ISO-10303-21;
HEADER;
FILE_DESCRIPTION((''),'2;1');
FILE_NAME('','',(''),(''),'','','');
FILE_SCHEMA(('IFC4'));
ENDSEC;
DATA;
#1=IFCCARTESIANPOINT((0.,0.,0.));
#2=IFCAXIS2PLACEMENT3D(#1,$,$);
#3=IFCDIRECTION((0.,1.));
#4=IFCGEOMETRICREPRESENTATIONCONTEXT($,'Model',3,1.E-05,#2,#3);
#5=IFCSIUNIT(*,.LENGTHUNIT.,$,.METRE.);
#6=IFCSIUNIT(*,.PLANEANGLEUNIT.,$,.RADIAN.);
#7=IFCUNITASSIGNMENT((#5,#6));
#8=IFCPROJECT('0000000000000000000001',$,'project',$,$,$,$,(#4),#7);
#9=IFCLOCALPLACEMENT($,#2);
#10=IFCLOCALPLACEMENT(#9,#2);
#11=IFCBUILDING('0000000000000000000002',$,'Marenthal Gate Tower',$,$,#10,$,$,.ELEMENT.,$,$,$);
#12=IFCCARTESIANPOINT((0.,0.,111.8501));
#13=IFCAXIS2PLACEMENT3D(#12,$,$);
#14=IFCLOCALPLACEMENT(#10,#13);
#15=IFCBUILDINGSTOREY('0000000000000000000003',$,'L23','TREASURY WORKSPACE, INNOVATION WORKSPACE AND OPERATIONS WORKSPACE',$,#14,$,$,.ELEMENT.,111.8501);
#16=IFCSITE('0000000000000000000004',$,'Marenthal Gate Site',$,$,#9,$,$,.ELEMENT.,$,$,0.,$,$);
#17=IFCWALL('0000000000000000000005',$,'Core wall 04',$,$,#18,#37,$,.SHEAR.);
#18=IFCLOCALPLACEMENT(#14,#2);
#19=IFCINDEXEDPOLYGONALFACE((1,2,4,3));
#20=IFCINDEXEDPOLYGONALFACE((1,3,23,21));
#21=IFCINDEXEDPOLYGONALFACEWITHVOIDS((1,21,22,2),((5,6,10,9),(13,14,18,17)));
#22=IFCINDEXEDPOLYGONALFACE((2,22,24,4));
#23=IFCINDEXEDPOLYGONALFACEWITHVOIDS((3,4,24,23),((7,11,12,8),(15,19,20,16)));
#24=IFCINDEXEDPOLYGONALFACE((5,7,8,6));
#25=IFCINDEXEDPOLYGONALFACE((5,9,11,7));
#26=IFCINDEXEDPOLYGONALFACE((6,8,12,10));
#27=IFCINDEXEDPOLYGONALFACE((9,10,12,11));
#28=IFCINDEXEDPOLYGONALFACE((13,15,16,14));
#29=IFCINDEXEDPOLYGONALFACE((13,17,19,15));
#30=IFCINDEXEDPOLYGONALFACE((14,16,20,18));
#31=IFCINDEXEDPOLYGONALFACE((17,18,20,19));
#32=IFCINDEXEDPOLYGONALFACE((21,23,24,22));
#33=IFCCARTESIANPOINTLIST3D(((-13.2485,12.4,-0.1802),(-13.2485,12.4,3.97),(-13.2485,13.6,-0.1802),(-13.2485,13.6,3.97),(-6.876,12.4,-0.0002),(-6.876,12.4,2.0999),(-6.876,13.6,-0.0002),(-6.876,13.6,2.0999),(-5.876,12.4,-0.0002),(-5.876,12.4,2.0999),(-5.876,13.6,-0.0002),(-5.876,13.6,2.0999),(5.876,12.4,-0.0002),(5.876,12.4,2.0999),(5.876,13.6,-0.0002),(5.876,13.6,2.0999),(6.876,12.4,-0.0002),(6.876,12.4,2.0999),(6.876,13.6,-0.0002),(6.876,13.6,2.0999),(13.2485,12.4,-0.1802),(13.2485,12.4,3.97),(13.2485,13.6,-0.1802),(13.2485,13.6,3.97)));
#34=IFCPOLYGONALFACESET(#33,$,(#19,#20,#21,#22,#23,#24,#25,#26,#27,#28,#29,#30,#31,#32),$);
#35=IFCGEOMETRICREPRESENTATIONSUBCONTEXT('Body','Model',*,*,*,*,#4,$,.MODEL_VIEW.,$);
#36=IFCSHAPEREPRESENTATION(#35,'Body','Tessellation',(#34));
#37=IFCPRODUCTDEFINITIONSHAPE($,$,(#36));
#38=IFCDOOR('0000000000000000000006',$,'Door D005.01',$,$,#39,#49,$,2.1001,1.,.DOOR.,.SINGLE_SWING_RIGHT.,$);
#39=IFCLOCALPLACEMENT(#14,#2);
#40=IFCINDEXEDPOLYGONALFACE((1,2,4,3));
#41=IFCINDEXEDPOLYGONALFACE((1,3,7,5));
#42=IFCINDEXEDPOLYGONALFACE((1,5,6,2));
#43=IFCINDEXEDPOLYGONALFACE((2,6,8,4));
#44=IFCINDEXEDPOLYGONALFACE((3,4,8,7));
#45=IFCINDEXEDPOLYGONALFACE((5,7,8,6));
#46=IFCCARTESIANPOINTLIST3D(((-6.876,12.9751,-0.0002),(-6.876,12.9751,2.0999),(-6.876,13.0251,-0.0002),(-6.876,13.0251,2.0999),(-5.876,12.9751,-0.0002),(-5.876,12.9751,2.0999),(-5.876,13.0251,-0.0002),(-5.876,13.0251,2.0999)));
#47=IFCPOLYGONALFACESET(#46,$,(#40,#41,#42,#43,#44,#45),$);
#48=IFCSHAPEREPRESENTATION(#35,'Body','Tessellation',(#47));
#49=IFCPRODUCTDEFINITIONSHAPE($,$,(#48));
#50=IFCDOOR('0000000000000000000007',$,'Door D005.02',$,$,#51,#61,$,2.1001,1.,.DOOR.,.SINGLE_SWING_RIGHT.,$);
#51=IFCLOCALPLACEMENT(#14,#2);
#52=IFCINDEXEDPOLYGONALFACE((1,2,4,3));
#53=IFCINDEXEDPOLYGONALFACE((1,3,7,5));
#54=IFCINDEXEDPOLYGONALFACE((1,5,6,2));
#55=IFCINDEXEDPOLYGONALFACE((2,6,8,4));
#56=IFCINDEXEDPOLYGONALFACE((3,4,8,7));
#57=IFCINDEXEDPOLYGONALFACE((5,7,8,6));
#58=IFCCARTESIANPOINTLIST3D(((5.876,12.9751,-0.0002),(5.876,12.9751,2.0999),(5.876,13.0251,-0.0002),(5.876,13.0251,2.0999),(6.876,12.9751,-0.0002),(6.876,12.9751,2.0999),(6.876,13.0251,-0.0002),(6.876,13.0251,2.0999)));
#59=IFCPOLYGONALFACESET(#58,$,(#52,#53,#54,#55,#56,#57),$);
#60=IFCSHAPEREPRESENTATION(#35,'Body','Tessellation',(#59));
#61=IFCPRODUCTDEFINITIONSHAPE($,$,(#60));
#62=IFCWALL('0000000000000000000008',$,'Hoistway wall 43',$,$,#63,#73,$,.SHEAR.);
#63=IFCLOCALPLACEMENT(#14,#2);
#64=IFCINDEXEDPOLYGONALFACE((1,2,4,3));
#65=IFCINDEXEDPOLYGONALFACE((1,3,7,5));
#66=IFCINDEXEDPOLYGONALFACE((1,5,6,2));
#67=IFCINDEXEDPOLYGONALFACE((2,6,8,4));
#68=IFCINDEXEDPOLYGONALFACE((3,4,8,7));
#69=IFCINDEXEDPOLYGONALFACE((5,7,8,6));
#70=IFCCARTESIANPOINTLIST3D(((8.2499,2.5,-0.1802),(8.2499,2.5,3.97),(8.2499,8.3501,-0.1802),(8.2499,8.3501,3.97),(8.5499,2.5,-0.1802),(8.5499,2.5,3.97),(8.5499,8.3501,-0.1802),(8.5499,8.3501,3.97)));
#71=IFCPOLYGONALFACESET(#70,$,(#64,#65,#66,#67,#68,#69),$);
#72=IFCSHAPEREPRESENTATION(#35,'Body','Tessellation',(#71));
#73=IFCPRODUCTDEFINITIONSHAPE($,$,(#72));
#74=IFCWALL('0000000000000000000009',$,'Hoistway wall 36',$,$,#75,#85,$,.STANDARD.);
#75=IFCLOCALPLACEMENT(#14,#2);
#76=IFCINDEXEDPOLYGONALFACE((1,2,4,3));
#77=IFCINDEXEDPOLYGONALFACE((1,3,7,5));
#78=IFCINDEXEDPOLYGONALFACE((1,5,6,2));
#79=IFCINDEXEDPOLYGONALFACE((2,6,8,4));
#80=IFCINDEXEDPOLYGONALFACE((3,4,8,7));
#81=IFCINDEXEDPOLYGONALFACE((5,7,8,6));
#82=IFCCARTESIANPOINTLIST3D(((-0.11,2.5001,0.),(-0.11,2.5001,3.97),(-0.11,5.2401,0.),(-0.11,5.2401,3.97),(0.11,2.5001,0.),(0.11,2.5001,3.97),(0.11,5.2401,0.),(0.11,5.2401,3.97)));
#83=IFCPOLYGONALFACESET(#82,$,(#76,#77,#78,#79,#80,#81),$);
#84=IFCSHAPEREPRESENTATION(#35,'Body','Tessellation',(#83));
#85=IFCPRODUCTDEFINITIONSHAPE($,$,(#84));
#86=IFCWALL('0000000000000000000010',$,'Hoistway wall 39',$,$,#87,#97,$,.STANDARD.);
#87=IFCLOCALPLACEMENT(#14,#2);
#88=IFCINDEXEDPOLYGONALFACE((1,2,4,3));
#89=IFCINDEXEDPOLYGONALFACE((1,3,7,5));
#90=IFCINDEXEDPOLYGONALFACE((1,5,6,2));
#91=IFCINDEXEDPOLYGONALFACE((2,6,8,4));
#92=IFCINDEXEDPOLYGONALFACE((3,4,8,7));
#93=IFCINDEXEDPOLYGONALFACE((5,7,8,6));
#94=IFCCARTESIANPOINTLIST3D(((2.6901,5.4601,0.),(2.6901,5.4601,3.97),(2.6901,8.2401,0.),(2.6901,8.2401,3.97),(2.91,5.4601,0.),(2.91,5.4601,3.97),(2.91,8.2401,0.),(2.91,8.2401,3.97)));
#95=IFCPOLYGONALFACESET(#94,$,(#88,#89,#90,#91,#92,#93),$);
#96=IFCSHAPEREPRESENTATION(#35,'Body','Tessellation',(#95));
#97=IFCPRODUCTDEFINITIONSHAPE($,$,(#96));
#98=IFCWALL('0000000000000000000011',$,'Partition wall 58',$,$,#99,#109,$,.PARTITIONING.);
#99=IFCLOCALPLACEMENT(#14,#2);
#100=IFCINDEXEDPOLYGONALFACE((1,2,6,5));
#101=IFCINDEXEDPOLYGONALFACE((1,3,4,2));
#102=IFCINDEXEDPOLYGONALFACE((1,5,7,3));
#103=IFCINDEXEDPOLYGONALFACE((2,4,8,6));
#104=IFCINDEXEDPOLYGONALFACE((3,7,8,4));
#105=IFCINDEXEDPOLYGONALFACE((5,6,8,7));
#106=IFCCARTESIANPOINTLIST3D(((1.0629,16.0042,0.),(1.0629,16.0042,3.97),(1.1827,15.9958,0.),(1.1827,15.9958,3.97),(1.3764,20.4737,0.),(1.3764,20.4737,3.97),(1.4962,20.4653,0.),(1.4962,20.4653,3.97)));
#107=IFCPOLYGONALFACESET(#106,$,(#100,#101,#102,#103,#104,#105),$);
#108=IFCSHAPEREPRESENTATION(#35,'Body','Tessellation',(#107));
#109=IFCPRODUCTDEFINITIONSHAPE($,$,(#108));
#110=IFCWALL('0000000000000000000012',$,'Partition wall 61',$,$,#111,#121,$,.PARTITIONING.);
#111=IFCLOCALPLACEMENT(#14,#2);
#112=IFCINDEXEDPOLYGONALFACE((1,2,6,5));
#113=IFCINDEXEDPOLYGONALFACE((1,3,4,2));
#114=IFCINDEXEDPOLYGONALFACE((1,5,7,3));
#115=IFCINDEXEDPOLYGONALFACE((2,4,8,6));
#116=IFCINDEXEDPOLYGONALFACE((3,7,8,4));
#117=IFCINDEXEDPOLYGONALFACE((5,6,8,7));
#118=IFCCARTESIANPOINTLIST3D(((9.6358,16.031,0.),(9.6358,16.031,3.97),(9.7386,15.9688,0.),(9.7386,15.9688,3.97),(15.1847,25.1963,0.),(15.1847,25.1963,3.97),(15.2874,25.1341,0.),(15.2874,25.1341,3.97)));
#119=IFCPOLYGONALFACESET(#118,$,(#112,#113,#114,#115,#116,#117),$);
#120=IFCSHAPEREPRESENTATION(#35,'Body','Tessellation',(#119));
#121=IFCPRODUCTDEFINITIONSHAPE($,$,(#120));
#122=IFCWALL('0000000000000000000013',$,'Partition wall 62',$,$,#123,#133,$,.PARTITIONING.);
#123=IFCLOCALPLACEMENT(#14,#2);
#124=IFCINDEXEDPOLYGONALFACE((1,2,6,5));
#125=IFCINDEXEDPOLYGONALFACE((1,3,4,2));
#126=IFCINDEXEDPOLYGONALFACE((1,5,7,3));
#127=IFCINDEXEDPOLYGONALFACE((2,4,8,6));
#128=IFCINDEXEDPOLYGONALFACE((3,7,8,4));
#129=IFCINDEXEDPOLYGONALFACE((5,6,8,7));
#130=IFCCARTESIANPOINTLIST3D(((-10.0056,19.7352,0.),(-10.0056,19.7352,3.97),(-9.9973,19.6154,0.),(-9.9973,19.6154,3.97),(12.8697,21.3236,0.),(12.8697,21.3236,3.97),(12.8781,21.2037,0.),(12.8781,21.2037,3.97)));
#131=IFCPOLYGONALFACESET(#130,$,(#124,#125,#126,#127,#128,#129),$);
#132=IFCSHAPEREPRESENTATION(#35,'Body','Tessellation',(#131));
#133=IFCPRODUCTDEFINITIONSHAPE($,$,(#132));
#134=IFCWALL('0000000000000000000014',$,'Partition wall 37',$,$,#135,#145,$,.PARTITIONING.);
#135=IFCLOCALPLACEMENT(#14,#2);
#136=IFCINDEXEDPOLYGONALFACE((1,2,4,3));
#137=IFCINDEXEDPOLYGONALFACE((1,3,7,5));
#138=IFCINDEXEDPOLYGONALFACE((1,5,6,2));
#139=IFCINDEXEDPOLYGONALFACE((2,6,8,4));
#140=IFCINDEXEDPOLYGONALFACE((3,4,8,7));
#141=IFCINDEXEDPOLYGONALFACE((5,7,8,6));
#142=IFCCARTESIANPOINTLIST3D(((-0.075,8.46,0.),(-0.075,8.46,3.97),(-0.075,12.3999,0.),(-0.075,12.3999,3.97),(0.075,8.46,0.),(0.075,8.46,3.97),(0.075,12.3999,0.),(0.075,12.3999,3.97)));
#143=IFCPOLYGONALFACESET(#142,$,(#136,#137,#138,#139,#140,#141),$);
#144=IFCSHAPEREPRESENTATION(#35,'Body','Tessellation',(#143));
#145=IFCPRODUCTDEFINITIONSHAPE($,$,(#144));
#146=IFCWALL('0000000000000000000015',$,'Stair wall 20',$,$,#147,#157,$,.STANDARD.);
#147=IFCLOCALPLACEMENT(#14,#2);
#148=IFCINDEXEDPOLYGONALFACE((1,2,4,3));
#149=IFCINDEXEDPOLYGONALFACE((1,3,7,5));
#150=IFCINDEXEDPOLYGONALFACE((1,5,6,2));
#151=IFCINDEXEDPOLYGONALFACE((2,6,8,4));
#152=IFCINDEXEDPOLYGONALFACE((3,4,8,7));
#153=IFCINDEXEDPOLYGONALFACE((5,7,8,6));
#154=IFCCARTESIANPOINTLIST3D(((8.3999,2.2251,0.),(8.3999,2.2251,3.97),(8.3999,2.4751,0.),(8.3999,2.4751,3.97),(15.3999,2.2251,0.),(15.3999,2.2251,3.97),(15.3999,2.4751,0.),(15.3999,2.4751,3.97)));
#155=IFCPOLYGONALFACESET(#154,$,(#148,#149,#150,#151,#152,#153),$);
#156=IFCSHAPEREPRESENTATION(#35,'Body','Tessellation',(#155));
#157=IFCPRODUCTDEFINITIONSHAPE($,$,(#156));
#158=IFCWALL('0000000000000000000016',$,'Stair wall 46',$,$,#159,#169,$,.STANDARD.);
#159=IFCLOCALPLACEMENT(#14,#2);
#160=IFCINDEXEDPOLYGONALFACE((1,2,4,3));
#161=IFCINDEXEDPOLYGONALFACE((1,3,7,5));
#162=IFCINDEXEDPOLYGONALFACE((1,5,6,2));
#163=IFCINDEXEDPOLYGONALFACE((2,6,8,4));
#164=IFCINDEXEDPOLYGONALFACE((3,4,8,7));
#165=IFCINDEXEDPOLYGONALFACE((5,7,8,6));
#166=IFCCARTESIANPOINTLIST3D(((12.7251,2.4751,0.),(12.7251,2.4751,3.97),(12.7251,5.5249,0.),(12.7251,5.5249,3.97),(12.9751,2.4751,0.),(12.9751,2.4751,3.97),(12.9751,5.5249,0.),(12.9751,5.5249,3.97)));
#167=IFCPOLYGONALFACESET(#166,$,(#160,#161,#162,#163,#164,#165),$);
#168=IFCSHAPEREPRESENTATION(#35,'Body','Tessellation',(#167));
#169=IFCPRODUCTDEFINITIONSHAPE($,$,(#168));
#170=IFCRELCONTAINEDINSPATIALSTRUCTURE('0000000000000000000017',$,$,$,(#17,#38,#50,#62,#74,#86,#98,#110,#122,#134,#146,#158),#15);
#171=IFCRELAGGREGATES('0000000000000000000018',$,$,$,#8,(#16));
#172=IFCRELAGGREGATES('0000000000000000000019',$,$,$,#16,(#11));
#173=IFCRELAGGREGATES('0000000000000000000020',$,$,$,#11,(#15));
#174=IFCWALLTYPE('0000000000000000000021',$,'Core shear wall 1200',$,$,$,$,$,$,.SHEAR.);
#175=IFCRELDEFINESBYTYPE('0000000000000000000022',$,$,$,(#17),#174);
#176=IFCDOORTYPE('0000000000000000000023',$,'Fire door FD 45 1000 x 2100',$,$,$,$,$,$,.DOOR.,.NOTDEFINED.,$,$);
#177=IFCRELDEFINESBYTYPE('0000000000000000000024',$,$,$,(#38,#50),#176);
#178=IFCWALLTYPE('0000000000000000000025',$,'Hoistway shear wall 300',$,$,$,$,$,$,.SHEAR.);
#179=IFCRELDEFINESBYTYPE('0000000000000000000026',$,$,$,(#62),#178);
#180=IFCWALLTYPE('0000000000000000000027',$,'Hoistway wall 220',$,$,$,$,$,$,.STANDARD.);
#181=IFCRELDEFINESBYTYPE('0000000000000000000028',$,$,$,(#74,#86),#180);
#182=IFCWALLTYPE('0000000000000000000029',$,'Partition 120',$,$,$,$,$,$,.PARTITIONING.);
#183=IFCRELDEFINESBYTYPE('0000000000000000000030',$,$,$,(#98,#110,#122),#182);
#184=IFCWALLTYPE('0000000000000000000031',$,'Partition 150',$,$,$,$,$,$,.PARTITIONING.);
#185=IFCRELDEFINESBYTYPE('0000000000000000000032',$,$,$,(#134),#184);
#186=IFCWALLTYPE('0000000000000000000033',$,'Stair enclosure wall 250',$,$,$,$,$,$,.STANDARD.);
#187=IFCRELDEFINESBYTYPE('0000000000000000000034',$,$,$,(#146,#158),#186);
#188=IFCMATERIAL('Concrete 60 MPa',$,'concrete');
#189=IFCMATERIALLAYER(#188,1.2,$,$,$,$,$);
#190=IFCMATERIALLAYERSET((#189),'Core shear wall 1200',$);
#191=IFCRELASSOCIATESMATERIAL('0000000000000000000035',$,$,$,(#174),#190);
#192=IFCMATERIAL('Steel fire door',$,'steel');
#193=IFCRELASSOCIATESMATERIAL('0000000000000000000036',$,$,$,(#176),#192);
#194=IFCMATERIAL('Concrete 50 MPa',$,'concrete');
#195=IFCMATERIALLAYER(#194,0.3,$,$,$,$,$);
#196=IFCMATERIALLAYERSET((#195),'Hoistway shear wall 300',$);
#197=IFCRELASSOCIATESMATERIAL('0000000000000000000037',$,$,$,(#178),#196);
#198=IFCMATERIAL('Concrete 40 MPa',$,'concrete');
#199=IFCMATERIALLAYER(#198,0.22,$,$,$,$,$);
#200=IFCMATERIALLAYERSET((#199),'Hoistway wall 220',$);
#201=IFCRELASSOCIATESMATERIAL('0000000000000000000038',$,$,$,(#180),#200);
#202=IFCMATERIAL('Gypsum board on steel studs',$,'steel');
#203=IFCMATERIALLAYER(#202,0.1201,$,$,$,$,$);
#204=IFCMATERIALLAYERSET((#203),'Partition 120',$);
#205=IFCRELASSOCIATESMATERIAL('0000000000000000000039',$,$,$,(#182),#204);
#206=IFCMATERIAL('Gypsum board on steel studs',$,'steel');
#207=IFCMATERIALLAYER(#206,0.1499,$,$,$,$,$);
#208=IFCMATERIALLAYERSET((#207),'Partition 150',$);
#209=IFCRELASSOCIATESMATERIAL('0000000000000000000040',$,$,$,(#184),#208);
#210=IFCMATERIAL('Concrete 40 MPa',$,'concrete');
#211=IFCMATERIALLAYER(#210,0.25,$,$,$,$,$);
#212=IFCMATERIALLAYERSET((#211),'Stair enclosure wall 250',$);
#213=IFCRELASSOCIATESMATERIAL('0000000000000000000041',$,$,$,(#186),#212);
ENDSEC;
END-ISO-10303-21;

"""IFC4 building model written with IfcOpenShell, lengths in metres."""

from ifc_helpers import new_model, si_unit, direction, frame, frame_2d, origin, place, context, subcontext, project, spatial, rectangle, extrude, material, layer, layer_set, type_object, element, fill, save


model = new_model("IFC4")

# Units and contexts
model_context = context("Model", 3, precision=1e-05, world=origin(), true_north=direction((0.0, 1.0)))
body_context = subcontext(model_context, "Body", "Model", "MODEL_VIEW")
ifc_project = project(units=[si_unit("LENGTHUNIT", "METRE"), si_unit("PLANEANGLEUNIT", "RADIAN")], contexts=[model_context])

# Site, building, storey
site_placement = place(None, origin())
site = spatial("IfcSite", under=ifc_project, at=site_placement, Name="Marenthal Gate Site", CompositionType="ELEMENT", RefElevation=0.0)
building_placement = place(site_placement, origin())
building = spatial("IfcBuilding", under=site, at=building_placement, Name="Marenthal Gate Tower", CompositionType="ELEMENT")
storey_placement = place(building_placement, frame((0.0, 0.0, 111.8501)))
storey = spatial("IfcBuildingStorey", under=building, at=storey_placement, Name="L23", Description="TREASURY WORKSPACE, INNOVATION WORKSPACE AND OPERATIONS WORKSPACE", CompositionType="ELEMENT", Elevation=111.8501)

# Wall, openings, doors
ifc_material_1 = material(Name="Concrete 60 MPa", Category="concrete")
ifc_layer_1 = layer(ifc_material_1, 1.2)
ifc_layer_set_1 = layer_set([ifc_layer_1], Name="Core shear wall 1200")
wall_type_1 = type_object("IfcWallType", Name="Core shear wall 1200", PredefinedType="SHEAR", material=ifc_layer_set_1)
wall_1_placement = place(storey_placement, frame((13.2485, 13.0, -0.1802), z_axis=(0.0, 0.0, 1.0), x_axis=(-1.0, 0.0, 0.0)))
wall_1 = element("IfcWall", 1, at=wall_1_placement, inside=storey, type_object=wall_type_1, Name="Core wall 04", PredefinedType="SHEAR", context=body_context, shape_type="SweptSolid", body=[
    extrude(rectangle(XDim=26.4971, YDim=1.2, at=frame_2d((13.2485, 0.0))), origin(), (0.0, 0.0, 1.0), 4.1501),
])
opening_1_placement = place(wall_1_placement, frame((19.1245, 0.0, 0.1799)))
opening_1 = element("IfcOpeningElement", 2, at=opening_1_placement, cuts=wall_1, PredefinedType="OPENING", context=body_context, shape_type="SweptSolid", body=[
    extrude(rectangle(XDim=1.0, YDim=2.1001, at=frame_2d((0.5, 1.05))), frame((0.0, 0.6099, 0.0), z_axis=(0.0, -1.0, 0.0), x_axis=(1.0, 0.0, 0.0)), (0.0, 0.0, 1.0), 1.22),
])
opening_2_placement = place(wall_1_placement, frame((6.3726, 0.0, 0.1799)))
opening_2 = element("IfcOpeningElement", 3, at=opening_2_placement, cuts=wall_1, PredefinedType="OPENING", context=body_context, shape_type="SweptSolid", body=[
    extrude(rectangle(XDim=1.0, YDim=2.1001, at=frame_2d((0.5, 1.05))), frame((0.0, 0.6099, 0.0), z_axis=(0.0, -1.0, 0.0), x_axis=(1.0, 0.0, 0.0)), (0.0, 0.0, 1.0), 1.22),
])
ifc_material_2 = material(Name="Steel fire door", Category="steel")
door_type_1 = type_object("IfcDoorType", Name="Fire door FD 45 1000 x 2100", OperationType="NOTDEFINED", PredefinedType="DOOR", material=ifc_material_2)
door_1_placement = place(opening_1_placement, origin())
door_1 = element("IfcDoor", 4, at=door_1_placement, inside=storey, type_object=door_type_1, Name="Door D005.01", OperationType="SINGLE_SWING_RIGHT", OverallHeight=2.1001, OverallWidth=1.0, PredefinedType="DOOR", context=body_context, shape_type="SweptSolid", body=[
    extrude(rectangle(XDim=1.0, YDim=2.1001, at=frame_2d((0.5, 1.05))), frame((0.0, 0.0249, 0.0), z_axis=(0.0, -1.0, 0.0), x_axis=(1.0, 0.0, 0.0)), (0.0, 0.0, 1.0), 0.05),
])
fill(opening_1, door_1)
door_2_placement = place(opening_2_placement, origin())
door_2 = element("IfcDoor", 5, at=door_2_placement, inside=storey, type_object=door_type_1, Name="Door D005.02", OperationType="SINGLE_SWING_RIGHT", OverallHeight=2.1001, OverallWidth=1.0, PredefinedType="DOOR", context=body_context, shape_type="SweptSolid", body=[
    extrude(rectangle(XDim=1.0, YDim=2.1001, at=frame_2d((0.5, 1.05))), frame((0.0, 0.0249, 0.0), z_axis=(0.0, -1.0, 0.0), x_axis=(1.0, 0.0, 0.0)), (0.0, 0.0, 1.0), 0.05),
])
fill(opening_2, door_2)

# Walls
ifc_material_3 = material(Name="Concrete 50 MPa", Category="concrete")
ifc_layer_2 = layer(ifc_material_3, 0.3)
ifc_layer_set_2 = layer_set([ifc_layer_2], Name="Hoistway shear wall 300")
wall_type_2 = type_object("IfcWallType", Name="Hoistway shear wall 300", PredefinedType="SHEAR", material=ifc_layer_set_2)
wall_2_placement = place(storey_placement, frame((8.3999, 2.5, -0.1802), z_axis=(0.0, 0.0, 1.0), x_axis=(0.0, 1.0, 0.0)))
element("IfcWall", 6, at=wall_2_placement, inside=storey, type_object=wall_type_2, Name="Hoistway wall 43", PredefinedType="SHEAR", context=body_context, shape_type="SweptSolid", body=[
    extrude(rectangle(XDim=5.8501, YDim=0.3, at=frame_2d((2.925, 0.0))), origin(), (0.0, 0.0, 1.0), 4.1501),
])
ifc_material_4 = material(Name="Concrete 40 MPa", Category="concrete")
ifc_layer_3 = layer(ifc_material_4, 0.22)
ifc_layer_set_3 = layer_set([ifc_layer_3], Name="Hoistway wall 220")
wall_type_3 = type_object("IfcWallType", Name="Hoistway wall 220", PredefinedType="STANDARD", material=ifc_layer_set_3)
wall_3_placement = place(storey_placement, frame((0.0, 2.5, 0.0), z_axis=(0.0, 0.0, 1.0), x_axis=(0.0, 1.0, 0.0)))
element("IfcWall", 7, at=wall_3_placement, inside=storey, type_object=wall_type_3, Name="Hoistway wall 36", PredefinedType="STANDARD", context=body_context, shape_type="SweptSolid", body=[
    extrude(rectangle(XDim=2.74, YDim=0.22, at=frame_2d((1.3701, 0.0))), origin(), (0.0, 0.0, 1.0), 3.97),
])
wall_4_placement = place(storey_placement, frame((2.8, 5.46, 0.0), z_axis=(0.0, 0.0, 1.0), x_axis=(0.0, 1.0, 0.0)))
element("IfcWall", 8, at=wall_4_placement, inside=storey, type_object=wall_type_3, Name="Hoistway wall 39", PredefinedType="STANDARD", context=body_context, shape_type="SweptSolid", body=[
    extrude(rectangle(XDim=2.78, YDim=0.22, at=frame_2d((1.3901, 0.0))), origin(), (0.0, 0.0, 1.0), 3.97),
])
ifc_material_5 = material(Name="Gypsum board on steel studs", Category="steel")
ifc_layer_4 = layer(ifc_material_5, 0.1201)
ifc_layer_set_4 = layer_set([ifc_layer_4], Name="Partition 120")
wall_type_4 = type_object("IfcWallType", Name="Partition 120", PredefinedType="PARTITIONING", material=ifc_layer_set_4)
wall_5_placement = place(storey_placement, frame((1.4363, 20.4695, 0.0), z_axis=(0.0, 0.0, 1.0), x_axis=(-0.069965, -0.997549, 0.0)))
element("IfcWall", 9, at=wall_5_placement, inside=storey, type_object=wall_type_4, Name="Partition wall 58", PredefinedType="PARTITIONING", context=body_context, shape_type="SweptSolid", body=[
    extrude(rectangle(XDim=4.4805, YDim=0.1201, at=frame_2d((2.2402, 0.0))), origin(), (0.0, 0.0, 1.0), 3.97),
])
wall_6_placement = place(storey_placement, frame((9.6873, 16.0, 0.0), z_axis=(0.0, 0.0, 1.0), x_axis=(0.5179, 0.855441, 0.0)))
element("IfcWall", 10, at=wall_6_placement, inside=storey, type_object=wall_type_4, Name="Partition wall 61", PredefinedType="PARTITIONING", context=body_context, shape_type="SweptSolid", body=[
    extrude(rectangle(XDim=10.7141, YDim=0.1201, at=frame_2d((5.3569, 0.0))), origin(), (0.0, 0.0, 1.0), 3.97),
])
wall_7_placement = place(storey_placement, frame((12.874, 21.2637, 0.0), z_axis=(0.0, 0.0, 1.0), x_axis=(-0.997598, -0.06927, 0.0)))
element("IfcWall", 11, at=wall_7_placement, inside=storey, type_object=wall_type_4, Name="Partition wall 62", PredefinedType="PARTITIONING", context=body_context, shape_type="SweptSolid", body=[
    extrude(rectangle(XDim=22.9304, YDim=0.1201, at=frame_2d((11.4653, 0.0))), origin(), (0.0, 0.0, 1.0), 3.97),
])
ifc_material_6 = material(Name="Gypsum board on steel studs", Category="steel")
ifc_layer_5 = layer(ifc_material_6, 0.1499)
ifc_layer_set_5 = layer_set([ifc_layer_5], Name="Partition 150")
wall_type_5 = type_object("IfcWallType", Name="Partition 150", PredefinedType="PARTITIONING", material=ifc_layer_set_5)
wall_8_placement = place(storey_placement, frame((0.0, 8.46, 0.0), z_axis=(0.0, 0.0, 1.0), x_axis=(0.0, 1.0, 0.0)))
element("IfcWall", 12, at=wall_8_placement, inside=storey, type_object=wall_type_5, Name="Partition wall 37", PredefinedType="PARTITIONING", context=body_context, shape_type="SweptSolid", body=[
    extrude(rectangle(XDim=3.9399, YDim=0.1499, at=frame_2d((1.97, 0.0))), origin(), (0.0, 0.0, 1.0), 3.97),
])
ifc_material_7 = material(Name="Concrete 40 MPa", Category="concrete")
ifc_layer_6 = layer(ifc_material_7, 0.25)
ifc_layer_set_6 = layer_set([ifc_layer_6], Name="Stair enclosure wall 250")
wall_type_6 = type_object("IfcWallType", Name="Stair enclosure wall 250", PredefinedType="STANDARD", material=ifc_layer_set_6)
wall_9_placement = place(storey_placement, frame((8.3999, 2.3501, 0.0), z_axis=(0.0, 0.0, 1.0), x_axis=(1.0, 0.0, 0.0)))
element("IfcWall", 13, at=wall_9_placement, inside=storey, type_object=wall_type_6, Name="Stair wall 20", PredefinedType="STANDARD", context=body_context, shape_type="SweptSolid", body=[
    extrude(rectangle(XDim=7.0, YDim=0.25, at=frame_2d((3.5, 0.0))), origin(), (0.0, 0.0, 1.0), 3.97),
])
wall_10_placement = place(storey_placement, frame((12.8501, 2.4751, 0.0), z_axis=(0.0, 0.0, 1.0), x_axis=(0.0, 1.0, 0.0)))
element("IfcWall", 14, at=wall_10_placement, inside=storey, type_object=wall_type_6, Name="Stair wall 46", PredefinedType="STANDARD", context=body_context, shape_type="SweptSolid", body=[
    extrude(rectangle(XDim=3.0498, YDim=0.25, at=frame_2d((1.5249, 0.0))), origin(), (0.0, 0.0, 1.0), 3.97),
])

save(model, "model.ifc")
